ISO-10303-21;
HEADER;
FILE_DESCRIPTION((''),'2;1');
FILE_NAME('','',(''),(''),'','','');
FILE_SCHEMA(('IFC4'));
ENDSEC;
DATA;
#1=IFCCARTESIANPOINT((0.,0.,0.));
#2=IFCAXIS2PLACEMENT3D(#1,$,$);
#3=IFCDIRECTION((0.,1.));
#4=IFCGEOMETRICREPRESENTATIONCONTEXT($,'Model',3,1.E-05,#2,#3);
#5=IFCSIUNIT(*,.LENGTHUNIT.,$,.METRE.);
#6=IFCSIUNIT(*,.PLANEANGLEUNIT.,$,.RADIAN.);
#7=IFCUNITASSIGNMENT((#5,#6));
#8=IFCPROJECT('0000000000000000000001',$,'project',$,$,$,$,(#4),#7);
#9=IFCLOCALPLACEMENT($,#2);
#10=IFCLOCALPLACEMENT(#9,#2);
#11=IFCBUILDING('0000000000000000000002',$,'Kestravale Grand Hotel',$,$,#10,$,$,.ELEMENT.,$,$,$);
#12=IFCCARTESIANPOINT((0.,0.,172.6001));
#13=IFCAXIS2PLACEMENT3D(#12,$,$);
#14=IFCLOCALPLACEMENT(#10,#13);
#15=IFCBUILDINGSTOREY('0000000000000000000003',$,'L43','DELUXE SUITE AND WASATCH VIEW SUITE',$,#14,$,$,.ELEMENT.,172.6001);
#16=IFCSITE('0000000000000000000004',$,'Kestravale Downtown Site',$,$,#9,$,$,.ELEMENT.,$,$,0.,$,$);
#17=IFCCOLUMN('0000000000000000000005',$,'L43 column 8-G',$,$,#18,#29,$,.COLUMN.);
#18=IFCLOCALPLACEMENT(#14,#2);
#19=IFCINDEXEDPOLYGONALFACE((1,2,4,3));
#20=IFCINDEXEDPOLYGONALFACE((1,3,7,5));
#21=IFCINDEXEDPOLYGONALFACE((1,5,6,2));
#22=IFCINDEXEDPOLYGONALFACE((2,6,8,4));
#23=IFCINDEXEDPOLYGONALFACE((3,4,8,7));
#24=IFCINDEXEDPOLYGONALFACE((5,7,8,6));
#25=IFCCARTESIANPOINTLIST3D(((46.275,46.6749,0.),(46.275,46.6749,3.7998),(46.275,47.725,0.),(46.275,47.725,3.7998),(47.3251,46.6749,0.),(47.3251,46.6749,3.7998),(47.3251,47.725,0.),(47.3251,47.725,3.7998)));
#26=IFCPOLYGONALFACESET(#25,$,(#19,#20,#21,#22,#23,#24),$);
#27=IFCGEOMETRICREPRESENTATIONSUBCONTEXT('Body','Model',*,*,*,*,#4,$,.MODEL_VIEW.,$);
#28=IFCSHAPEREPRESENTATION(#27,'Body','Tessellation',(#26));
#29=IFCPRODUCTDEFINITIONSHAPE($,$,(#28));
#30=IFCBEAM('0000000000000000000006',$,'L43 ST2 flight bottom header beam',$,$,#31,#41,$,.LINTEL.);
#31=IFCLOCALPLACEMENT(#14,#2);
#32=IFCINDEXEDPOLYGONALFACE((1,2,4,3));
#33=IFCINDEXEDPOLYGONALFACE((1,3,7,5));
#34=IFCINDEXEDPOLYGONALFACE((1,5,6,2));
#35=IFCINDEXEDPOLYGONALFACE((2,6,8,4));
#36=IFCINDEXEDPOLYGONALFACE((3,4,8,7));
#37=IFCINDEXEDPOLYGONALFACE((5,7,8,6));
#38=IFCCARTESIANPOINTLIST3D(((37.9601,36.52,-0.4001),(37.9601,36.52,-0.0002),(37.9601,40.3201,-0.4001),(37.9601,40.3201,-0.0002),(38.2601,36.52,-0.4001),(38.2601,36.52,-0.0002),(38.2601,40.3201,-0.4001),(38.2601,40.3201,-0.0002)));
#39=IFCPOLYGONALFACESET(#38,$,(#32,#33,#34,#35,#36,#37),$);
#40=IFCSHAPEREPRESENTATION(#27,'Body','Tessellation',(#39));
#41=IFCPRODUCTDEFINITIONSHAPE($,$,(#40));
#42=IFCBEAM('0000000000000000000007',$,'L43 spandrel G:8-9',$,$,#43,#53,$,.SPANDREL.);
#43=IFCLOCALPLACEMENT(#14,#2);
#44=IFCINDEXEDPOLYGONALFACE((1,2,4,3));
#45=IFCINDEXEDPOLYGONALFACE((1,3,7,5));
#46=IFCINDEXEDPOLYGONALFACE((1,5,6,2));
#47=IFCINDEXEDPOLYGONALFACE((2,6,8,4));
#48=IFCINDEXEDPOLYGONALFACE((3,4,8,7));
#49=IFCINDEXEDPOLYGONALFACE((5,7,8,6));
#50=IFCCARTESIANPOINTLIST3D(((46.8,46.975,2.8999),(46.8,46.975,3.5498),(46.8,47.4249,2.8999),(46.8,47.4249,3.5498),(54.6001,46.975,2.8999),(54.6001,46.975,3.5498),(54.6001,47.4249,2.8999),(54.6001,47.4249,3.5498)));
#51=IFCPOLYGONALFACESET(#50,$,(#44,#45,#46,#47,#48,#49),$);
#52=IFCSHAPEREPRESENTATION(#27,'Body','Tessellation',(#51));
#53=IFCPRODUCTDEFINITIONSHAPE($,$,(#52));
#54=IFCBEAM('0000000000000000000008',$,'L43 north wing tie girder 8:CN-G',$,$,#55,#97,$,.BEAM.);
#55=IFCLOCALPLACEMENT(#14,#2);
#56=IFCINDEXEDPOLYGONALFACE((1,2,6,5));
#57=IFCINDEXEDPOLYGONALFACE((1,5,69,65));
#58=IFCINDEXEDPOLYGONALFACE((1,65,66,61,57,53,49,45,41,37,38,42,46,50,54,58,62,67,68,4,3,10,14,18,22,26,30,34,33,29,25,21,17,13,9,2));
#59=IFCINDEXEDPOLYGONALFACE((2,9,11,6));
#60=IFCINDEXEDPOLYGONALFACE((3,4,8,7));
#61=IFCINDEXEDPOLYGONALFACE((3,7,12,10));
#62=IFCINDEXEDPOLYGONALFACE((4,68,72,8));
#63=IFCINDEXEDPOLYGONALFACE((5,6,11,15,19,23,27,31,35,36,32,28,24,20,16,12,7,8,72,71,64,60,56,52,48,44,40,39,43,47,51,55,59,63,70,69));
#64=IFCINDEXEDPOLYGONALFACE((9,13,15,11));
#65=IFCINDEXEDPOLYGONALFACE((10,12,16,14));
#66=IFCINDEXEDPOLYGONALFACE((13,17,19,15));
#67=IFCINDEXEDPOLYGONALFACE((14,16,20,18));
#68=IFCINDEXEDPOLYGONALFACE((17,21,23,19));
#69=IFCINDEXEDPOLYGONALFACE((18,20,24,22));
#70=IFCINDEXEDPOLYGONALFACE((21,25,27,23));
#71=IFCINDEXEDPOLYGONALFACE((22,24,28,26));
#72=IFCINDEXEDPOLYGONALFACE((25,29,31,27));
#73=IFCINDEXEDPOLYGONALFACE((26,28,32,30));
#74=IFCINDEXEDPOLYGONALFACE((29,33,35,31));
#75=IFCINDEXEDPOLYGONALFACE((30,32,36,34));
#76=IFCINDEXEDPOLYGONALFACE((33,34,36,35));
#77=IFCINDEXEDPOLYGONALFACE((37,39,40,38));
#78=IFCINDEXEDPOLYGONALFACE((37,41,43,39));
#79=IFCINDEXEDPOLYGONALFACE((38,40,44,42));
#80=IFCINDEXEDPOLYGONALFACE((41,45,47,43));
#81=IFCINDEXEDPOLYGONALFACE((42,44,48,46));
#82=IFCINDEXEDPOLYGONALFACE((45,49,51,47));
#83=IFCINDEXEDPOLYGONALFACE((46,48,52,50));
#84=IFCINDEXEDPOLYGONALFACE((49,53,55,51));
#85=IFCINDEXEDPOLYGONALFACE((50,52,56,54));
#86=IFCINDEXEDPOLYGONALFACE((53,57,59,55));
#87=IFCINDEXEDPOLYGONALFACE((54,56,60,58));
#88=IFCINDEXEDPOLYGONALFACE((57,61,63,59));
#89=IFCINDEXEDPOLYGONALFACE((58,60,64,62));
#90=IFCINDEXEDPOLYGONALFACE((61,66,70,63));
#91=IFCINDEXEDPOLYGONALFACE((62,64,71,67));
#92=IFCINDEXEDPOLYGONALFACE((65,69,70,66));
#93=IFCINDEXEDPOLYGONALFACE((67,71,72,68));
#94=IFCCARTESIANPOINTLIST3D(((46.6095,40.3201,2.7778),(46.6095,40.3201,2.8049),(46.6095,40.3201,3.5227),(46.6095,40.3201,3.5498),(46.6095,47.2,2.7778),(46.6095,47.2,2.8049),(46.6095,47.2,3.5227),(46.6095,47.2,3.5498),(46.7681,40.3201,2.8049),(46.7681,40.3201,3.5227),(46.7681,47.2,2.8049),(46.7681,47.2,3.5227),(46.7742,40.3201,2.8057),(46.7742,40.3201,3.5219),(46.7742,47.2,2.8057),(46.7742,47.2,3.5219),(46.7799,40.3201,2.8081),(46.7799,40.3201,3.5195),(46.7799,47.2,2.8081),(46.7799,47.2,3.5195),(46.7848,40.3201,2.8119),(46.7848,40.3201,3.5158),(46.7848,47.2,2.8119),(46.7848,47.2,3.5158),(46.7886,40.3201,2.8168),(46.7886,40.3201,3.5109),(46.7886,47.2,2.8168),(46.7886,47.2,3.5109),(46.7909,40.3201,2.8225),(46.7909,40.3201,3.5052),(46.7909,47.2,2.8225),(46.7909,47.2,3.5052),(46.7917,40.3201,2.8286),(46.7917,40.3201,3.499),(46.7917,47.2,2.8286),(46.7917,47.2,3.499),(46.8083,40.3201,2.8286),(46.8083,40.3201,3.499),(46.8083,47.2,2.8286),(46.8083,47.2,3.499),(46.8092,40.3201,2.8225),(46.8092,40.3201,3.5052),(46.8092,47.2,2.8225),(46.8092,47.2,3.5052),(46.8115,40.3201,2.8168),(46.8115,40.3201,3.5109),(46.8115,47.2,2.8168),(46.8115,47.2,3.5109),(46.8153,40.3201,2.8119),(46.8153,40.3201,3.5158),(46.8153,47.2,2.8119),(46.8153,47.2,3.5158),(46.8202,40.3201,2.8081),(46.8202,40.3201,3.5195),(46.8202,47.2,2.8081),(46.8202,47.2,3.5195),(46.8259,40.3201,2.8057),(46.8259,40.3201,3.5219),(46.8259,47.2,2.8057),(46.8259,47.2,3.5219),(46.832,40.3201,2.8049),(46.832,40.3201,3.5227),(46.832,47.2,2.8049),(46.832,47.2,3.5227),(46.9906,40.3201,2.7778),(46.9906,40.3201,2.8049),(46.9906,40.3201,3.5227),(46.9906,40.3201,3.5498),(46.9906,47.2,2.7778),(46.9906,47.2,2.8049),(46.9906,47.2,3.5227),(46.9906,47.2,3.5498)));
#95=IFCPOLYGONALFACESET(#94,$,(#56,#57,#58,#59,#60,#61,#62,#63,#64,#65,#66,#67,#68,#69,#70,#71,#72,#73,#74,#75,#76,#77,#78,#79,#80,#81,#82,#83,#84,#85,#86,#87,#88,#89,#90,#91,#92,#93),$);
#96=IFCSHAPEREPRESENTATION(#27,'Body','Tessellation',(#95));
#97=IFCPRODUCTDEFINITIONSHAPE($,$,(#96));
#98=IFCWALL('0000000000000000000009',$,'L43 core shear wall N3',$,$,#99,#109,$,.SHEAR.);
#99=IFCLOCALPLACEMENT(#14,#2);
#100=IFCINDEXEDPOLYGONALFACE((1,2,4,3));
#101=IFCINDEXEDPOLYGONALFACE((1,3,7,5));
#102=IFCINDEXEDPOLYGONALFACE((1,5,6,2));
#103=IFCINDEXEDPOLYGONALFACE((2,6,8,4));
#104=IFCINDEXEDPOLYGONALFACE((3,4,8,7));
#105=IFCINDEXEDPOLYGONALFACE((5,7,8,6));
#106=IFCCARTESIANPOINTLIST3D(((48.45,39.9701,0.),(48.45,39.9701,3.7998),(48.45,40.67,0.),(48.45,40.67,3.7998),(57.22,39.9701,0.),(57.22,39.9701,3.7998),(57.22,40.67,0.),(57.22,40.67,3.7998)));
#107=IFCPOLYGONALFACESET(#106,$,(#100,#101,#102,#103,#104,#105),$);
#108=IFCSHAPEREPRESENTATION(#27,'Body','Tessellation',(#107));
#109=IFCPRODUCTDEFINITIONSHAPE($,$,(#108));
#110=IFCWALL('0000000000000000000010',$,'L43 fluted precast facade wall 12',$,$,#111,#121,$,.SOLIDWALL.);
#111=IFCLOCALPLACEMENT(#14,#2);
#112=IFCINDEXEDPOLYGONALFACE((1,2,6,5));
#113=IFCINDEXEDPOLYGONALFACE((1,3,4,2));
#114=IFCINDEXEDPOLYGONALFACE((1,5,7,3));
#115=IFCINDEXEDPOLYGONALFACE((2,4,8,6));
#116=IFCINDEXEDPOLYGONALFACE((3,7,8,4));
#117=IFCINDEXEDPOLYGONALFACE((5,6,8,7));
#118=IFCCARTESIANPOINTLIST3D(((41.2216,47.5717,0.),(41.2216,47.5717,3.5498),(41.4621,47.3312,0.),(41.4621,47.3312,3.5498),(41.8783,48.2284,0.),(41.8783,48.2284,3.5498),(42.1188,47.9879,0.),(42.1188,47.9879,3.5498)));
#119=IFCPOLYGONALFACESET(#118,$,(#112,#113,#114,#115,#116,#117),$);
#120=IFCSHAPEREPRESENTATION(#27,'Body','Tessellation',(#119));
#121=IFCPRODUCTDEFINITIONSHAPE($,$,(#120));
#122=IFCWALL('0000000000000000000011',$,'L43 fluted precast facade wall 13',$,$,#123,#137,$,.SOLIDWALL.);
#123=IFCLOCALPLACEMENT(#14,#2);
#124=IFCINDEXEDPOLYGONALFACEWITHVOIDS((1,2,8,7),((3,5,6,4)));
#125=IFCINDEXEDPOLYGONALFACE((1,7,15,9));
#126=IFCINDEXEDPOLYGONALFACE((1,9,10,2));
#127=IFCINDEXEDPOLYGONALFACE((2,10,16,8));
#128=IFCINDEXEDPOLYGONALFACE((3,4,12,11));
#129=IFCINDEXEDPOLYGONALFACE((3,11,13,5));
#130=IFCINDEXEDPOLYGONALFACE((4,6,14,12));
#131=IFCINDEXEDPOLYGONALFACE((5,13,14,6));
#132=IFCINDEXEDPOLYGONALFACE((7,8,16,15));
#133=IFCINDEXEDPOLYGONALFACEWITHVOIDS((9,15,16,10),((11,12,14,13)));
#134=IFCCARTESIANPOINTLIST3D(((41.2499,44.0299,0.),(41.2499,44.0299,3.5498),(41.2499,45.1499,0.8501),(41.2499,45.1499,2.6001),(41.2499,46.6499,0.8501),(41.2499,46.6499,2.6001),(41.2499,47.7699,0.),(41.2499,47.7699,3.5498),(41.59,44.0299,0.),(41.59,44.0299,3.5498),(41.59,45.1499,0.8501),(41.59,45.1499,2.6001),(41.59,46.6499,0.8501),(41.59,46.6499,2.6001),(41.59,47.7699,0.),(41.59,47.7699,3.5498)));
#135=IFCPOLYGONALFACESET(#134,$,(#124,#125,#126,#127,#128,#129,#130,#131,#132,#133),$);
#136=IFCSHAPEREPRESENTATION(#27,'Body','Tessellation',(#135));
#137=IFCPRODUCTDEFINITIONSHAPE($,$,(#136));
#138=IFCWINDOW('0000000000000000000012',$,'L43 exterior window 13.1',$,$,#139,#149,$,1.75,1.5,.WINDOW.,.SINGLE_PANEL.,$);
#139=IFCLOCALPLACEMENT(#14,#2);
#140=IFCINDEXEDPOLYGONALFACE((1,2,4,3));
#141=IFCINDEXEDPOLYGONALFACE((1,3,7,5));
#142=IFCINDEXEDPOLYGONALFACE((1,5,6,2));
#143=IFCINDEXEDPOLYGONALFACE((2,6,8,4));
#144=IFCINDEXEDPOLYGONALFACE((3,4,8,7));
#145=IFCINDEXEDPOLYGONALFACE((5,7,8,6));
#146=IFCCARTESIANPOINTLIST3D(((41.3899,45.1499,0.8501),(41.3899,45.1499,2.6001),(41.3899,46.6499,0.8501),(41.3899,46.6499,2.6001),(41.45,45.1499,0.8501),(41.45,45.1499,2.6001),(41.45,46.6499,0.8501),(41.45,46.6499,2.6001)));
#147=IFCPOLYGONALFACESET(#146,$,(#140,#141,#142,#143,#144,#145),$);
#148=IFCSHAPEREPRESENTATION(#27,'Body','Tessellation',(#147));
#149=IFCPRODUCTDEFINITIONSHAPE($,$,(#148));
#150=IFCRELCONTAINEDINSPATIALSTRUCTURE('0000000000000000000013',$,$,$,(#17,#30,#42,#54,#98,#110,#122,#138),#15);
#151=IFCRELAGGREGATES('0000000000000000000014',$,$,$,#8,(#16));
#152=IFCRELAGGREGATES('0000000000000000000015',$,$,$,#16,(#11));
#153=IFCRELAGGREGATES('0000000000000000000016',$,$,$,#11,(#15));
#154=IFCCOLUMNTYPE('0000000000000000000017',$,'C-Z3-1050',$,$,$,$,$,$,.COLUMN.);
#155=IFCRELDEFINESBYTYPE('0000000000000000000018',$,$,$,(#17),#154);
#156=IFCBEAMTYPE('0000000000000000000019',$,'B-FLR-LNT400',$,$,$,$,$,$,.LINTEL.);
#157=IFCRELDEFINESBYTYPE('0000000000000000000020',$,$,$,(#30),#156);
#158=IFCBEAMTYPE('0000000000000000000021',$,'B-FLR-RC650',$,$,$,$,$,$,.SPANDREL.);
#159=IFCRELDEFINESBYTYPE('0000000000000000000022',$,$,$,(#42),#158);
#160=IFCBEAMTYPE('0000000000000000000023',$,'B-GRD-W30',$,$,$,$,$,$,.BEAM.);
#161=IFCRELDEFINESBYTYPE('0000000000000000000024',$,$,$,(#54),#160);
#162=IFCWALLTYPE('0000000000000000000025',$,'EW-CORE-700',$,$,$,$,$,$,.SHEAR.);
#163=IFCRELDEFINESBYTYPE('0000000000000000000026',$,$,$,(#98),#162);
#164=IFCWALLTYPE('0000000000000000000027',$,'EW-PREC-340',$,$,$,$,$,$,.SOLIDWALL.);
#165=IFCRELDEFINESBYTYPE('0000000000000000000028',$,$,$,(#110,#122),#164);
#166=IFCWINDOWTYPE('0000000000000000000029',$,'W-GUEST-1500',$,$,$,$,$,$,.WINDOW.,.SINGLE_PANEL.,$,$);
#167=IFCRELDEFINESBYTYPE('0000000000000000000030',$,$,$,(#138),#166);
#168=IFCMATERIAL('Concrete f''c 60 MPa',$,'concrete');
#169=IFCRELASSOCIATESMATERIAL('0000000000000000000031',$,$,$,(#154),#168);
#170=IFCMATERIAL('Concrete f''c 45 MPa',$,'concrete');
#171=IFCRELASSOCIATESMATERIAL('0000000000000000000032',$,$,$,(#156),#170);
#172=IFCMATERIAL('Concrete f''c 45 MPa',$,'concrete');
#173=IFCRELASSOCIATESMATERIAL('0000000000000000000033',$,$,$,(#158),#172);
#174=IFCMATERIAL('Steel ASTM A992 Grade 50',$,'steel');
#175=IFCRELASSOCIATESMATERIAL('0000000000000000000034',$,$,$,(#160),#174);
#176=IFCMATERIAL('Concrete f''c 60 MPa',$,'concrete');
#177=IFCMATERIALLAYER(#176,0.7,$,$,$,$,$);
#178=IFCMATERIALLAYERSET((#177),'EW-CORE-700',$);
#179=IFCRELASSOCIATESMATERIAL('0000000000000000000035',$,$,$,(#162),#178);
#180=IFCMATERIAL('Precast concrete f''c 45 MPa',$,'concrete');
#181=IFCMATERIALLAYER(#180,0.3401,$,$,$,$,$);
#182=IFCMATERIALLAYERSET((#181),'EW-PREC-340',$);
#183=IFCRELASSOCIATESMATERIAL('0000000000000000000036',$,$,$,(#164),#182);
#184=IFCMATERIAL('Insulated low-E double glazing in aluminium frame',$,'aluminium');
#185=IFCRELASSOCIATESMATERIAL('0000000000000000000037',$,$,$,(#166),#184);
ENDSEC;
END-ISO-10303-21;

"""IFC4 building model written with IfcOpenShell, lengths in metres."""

from ifc_helpers import new_model, si_unit, direction, frame, frame_2d, origin, origin_2d, place, context, subcontext, project, spatial, rectangle, i_section, extrude, material, layer, layer_set, material_profile, profile_set, type_object, element, fill, save


model = new_model("IFC4")

# Units and contexts
model_context = context("Model", 3, precision=1e-05, world=origin(), true_north=direction((0.0, 1.0)))
body_context = subcontext(model_context, "Body", "Model", "MODEL_VIEW")
ifc_project = project(units=[si_unit("LENGTHUNIT", "METRE"), si_unit("PLANEANGLEUNIT", "RADIAN")], contexts=[model_context])

# Site, building, storey
site_placement = place(None, origin())
site = spatial("IfcSite", under=ifc_project, at=site_placement, Name="Kestravale Downtown Site", CompositionType="ELEMENT", RefElevation=0.0)
building_placement = place(site_placement, origin())
building = spatial("IfcBuilding", under=site, at=building_placement, Name="Kestravale Grand Hotel", CompositionType="ELEMENT")
storey_placement = place(building_placement, frame((0.0, 0.0, 172.6001)))
storey = spatial("IfcBuildingStorey", under=building, at=storey_placement, Name="L43", Description="DELUXE SUITE AND WASATCH VIEW SUITE", CompositionType="ELEMENT", Elevation=172.6001)

# Column
ifc_material_1 = material(Name="Concrete f'c 60 MPa", Category="concrete")
ifc_material_profile_1 = material_profile(ifc_material_1, rectangle(XDim=1.05, YDim=1.05, at=origin_2d()))
ifc_profile_set_1 = profile_set([ifc_material_profile_1], Name="Concrete f'c 60 MPa")
column_type = type_object("IfcColumnType", Name="C-Z3-1050", PredefinedType="COLUMN", material=ifc_profile_set_1)
column_placement = place(storey_placement, frame((46.8, 47.2, 0.0), z_axis=(0.0, 0.0, 1.0), x_axis=(1.0, 0.0, 0.0)))
element("IfcColumn", 1, at=column_placement, inside=storey, type_object=column_type, Name="L43 column 8-G", PredefinedType="COLUMN", context=body_context, shape_type="SweptSolid", body=[
    extrude(rectangle(XDim=1.05, YDim=1.05, at=origin_2d()), origin(), (0.0, 0.0, 1.0), 3.7998),
])

# Beams
ifc_material_2 = material(Name="Concrete f'c 45 MPa", Category="concrete")
ifc_material_profile_2 = material_profile(ifc_material_2, rectangle(XDim=0.3, YDim=0.3999, at=origin_2d()))
ifc_profile_set_2 = profile_set([ifc_material_profile_2], Name="Concrete f'c 45 MPa")
beam_type_1 = type_object("IfcBeamType", Name="B-FLR-LNT400", PredefinedType="LINTEL", material=ifc_profile_set_2)
beam_1_placement = place(storey_placement, frame((38.1101, 36.52, -0.2002), z_axis=(0.0, 1.0, 0.0), x_axis=(-1.0, 0.0, 0.0)))
element("IfcBeam", 2, at=beam_1_placement, inside=storey, type_object=beam_type_1, Name="L43 ST2 flight bottom header beam", PredefinedType="LINTEL", context=body_context, shape_type="SweptSolid", body=[
    extrude(rectangle(XDim=0.3, YDim=0.3999, at=origin_2d()), origin(), (0.0, 0.0, 1.0), 3.8),
])
ifc_material_3 = material(Name="Concrete f'c 45 MPa", Category="concrete")
ifc_material_profile_3 = material_profile(ifc_material_3, rectangle(XDim=0.45, YDim=0.6499, at=origin_2d()))
ifc_profile_set_3 = profile_set([ifc_material_profile_3], Name="Concrete f'c 45 MPa")
beam_type_2 = type_object("IfcBeamType", Name="B-FLR-RC650", PredefinedType="SPANDREL", material=ifc_profile_set_3)
beam_2_placement = place(storey_placement, frame((46.8, 47.2, 3.2249), z_axis=(1.0, 0.0, 0.0), x_axis=(0.0, 1.0, 0.0)))
element("IfcBeam", 3, at=beam_2_placement, inside=storey, type_object=beam_type_2, Name="L43 spandrel G:8-9", PredefinedType="SPANDREL", context=body_context, shape_type="SweptSolid", body=[
    extrude(rectangle(XDim=0.45, YDim=0.6499, at=origin_2d()), origin(), (0.0, 0.0, 1.0), 7.8),
])
ifc_material_4 = material(Name="Steel ASTM A992 Grade 50", Category="steel")
ifc_material_profile_4 = material_profile(ifc_material_4, i_section(OverallWidth=0.3811, OverallDepth=0.772, WebThickness=0.0166, FlangeThickness=0.0271, FilletRadius=0.0237, at=origin_2d()))
ifc_profile_set_4 = profile_set([ifc_material_profile_4], Name="Steel ASTM A992 Grade 50")
beam_type_3 = type_object("IfcBeamType", Name="B-GRD-W30", PredefinedType="BEAM", material=ifc_profile_set_4)
beam_3_placement = place(storey_placement, frame((46.8, 40.3201, 3.1638), z_axis=(0.0, 1.0, 0.0), x_axis=(-1.0, 0.0, 0.0)))
element("IfcBeam", 4, at=beam_3_placement, inside=storey, type_object=beam_type_3, Name="L43 north wing tie girder 8:CN-G", PredefinedType="BEAM", context=body_context, shape_type="SweptSolid", body=[
    extrude(i_section(OverallWidth=0.3811, OverallDepth=0.772, WebThickness=0.0166, FlangeThickness=0.0271, FilletRadius=0.0237, at=origin_2d()), origin(), (0.0, 0.0, 1.0), 6.8799),
])

# Walls
ifc_material_5 = material(Name="Concrete f'c 60 MPa", Category="concrete")
ifc_layer_1 = layer(ifc_material_5, 0.7)
ifc_layer_set_1 = layer_set([ifc_layer_1], Name="EW-CORE-700")
wall_type_1 = type_object("IfcWallType", Name="EW-CORE-700", PredefinedType="SHEAR", material=ifc_layer_set_1)
wall_1_placement = place(storey_placement, frame((48.45, 40.3201, 0.0), z_axis=(0.0, 0.0, 1.0), x_axis=(1.0, 0.0, 0.0)))
element("IfcWall", 5, at=wall_1_placement, inside=storey, type_object=wall_type_1, Name="L43 core shear wall N3", PredefinedType="SHEAR", context=body_context, shape_type="SweptSolid", body=[
    extrude(rectangle(XDim=8.77, YDim=0.7, at=frame_2d((4.385, 0.0))), origin(), (0.0, 0.0, 1.0), 3.7998),
])
ifc_material_6 = material(Name="Precast concrete f'c 45 MPa", Category="concrete")
ifc_layer_2 = layer(ifc_material_6, 0.3401)
ifc_layer_set_2 = layer_set([ifc_layer_2], Name="EW-PREC-340")
wall_type_2 = type_object("IfcWallType", Name="EW-PREC-340", PredefinedType="SOLIDWALL", material=ifc_layer_set_2)
wall_2_placement = place(storey_placement, frame((41.9985, 48.1082, 0.0), z_axis=(0.0, 0.0, 1.0), x_axis=(-0.707107, -0.707107, 0.0)))
element("IfcWall", 6, at=wall_2_placement, inside=storey, type_object=wall_type_2, Name="L43 fluted precast facade wall 12", PredefinedType="SOLIDWALL", context=body_context, shape_type="SweptSolid", body=[
    extrude(rectangle(XDim=0.9287, YDim=0.3401, at=frame_2d((0.4644, 0.0))), origin(), (0.0, 0.0, 1.0), 3.5498),
])

# Wall, opening, window
wall_3_placement = place(storey_placement, frame((41.4199, 47.77, 0.0), z_axis=(0.0, 0.0, 1.0), x_axis=(0.0, -1.0, 0.0)))
wall_3 = element("IfcWall", 7, at=wall_3_placement, inside=storey, type_object=wall_type_2, Name="L43 fluted precast facade wall 13", PredefinedType="SOLIDWALL", context=body_context, shape_type="SweptSolid", body=[
    extrude(rectangle(XDim=3.74, YDim=0.3401, at=frame_2d((1.8701, 0.0))), origin(), (0.0, 0.0, 1.0), 3.5498),
])
opening_1_placement = place(wall_3_placement, frame((1.1201, 0.0, 0.8501)))
opening_1 = element("IfcOpeningElement", 8, at=opening_1_placement, cuts=wall_3, PredefinedType="OPENING", context=body_context, shape_type="SweptSolid", body=[
    extrude(rectangle(XDim=1.5, YDim=1.75, at=frame_2d((0.75, 0.875))), frame((0.0, 0.1799, 0.0), z_axis=(0.0, -1.0, 0.0), x_axis=(1.0, 0.0, 0.0)), (0.0, 0.0, 1.0), 0.3601),
])
ifc_material_7 = material(Name="Insulated low-E double glazing in aluminium frame", Category="aluminium")
window_type = type_object("IfcWindowType", Name="W-GUEST-1500", PartitioningType="SINGLE_PANEL", PredefinedType="WINDOW", material=ifc_material_7)
window_1_placement = place(opening_1_placement, origin())
window_1 = element("IfcWindow", 9, at=window_1_placement, inside=storey, type_object=window_type, Name="L43 exterior window 13.1", OverallHeight=1.75, OverallWidth=1.5, PartitioningType="SINGLE_PANEL", PredefinedType="WINDOW", context=body_context, shape_type="SweptSolid", body=[
    extrude(rectangle(XDim=1.5, YDim=1.75, at=frame_2d((0.75, 0.875))), frame((0.0, 0.03, 0.0), z_axis=(0.0, -1.0, 0.0), x_axis=(1.0, 0.0, 0.0)), (0.0, 0.0, 1.0), 0.0601),
])
fill(opening_1, window_1)

save(model, "model.ifc")
